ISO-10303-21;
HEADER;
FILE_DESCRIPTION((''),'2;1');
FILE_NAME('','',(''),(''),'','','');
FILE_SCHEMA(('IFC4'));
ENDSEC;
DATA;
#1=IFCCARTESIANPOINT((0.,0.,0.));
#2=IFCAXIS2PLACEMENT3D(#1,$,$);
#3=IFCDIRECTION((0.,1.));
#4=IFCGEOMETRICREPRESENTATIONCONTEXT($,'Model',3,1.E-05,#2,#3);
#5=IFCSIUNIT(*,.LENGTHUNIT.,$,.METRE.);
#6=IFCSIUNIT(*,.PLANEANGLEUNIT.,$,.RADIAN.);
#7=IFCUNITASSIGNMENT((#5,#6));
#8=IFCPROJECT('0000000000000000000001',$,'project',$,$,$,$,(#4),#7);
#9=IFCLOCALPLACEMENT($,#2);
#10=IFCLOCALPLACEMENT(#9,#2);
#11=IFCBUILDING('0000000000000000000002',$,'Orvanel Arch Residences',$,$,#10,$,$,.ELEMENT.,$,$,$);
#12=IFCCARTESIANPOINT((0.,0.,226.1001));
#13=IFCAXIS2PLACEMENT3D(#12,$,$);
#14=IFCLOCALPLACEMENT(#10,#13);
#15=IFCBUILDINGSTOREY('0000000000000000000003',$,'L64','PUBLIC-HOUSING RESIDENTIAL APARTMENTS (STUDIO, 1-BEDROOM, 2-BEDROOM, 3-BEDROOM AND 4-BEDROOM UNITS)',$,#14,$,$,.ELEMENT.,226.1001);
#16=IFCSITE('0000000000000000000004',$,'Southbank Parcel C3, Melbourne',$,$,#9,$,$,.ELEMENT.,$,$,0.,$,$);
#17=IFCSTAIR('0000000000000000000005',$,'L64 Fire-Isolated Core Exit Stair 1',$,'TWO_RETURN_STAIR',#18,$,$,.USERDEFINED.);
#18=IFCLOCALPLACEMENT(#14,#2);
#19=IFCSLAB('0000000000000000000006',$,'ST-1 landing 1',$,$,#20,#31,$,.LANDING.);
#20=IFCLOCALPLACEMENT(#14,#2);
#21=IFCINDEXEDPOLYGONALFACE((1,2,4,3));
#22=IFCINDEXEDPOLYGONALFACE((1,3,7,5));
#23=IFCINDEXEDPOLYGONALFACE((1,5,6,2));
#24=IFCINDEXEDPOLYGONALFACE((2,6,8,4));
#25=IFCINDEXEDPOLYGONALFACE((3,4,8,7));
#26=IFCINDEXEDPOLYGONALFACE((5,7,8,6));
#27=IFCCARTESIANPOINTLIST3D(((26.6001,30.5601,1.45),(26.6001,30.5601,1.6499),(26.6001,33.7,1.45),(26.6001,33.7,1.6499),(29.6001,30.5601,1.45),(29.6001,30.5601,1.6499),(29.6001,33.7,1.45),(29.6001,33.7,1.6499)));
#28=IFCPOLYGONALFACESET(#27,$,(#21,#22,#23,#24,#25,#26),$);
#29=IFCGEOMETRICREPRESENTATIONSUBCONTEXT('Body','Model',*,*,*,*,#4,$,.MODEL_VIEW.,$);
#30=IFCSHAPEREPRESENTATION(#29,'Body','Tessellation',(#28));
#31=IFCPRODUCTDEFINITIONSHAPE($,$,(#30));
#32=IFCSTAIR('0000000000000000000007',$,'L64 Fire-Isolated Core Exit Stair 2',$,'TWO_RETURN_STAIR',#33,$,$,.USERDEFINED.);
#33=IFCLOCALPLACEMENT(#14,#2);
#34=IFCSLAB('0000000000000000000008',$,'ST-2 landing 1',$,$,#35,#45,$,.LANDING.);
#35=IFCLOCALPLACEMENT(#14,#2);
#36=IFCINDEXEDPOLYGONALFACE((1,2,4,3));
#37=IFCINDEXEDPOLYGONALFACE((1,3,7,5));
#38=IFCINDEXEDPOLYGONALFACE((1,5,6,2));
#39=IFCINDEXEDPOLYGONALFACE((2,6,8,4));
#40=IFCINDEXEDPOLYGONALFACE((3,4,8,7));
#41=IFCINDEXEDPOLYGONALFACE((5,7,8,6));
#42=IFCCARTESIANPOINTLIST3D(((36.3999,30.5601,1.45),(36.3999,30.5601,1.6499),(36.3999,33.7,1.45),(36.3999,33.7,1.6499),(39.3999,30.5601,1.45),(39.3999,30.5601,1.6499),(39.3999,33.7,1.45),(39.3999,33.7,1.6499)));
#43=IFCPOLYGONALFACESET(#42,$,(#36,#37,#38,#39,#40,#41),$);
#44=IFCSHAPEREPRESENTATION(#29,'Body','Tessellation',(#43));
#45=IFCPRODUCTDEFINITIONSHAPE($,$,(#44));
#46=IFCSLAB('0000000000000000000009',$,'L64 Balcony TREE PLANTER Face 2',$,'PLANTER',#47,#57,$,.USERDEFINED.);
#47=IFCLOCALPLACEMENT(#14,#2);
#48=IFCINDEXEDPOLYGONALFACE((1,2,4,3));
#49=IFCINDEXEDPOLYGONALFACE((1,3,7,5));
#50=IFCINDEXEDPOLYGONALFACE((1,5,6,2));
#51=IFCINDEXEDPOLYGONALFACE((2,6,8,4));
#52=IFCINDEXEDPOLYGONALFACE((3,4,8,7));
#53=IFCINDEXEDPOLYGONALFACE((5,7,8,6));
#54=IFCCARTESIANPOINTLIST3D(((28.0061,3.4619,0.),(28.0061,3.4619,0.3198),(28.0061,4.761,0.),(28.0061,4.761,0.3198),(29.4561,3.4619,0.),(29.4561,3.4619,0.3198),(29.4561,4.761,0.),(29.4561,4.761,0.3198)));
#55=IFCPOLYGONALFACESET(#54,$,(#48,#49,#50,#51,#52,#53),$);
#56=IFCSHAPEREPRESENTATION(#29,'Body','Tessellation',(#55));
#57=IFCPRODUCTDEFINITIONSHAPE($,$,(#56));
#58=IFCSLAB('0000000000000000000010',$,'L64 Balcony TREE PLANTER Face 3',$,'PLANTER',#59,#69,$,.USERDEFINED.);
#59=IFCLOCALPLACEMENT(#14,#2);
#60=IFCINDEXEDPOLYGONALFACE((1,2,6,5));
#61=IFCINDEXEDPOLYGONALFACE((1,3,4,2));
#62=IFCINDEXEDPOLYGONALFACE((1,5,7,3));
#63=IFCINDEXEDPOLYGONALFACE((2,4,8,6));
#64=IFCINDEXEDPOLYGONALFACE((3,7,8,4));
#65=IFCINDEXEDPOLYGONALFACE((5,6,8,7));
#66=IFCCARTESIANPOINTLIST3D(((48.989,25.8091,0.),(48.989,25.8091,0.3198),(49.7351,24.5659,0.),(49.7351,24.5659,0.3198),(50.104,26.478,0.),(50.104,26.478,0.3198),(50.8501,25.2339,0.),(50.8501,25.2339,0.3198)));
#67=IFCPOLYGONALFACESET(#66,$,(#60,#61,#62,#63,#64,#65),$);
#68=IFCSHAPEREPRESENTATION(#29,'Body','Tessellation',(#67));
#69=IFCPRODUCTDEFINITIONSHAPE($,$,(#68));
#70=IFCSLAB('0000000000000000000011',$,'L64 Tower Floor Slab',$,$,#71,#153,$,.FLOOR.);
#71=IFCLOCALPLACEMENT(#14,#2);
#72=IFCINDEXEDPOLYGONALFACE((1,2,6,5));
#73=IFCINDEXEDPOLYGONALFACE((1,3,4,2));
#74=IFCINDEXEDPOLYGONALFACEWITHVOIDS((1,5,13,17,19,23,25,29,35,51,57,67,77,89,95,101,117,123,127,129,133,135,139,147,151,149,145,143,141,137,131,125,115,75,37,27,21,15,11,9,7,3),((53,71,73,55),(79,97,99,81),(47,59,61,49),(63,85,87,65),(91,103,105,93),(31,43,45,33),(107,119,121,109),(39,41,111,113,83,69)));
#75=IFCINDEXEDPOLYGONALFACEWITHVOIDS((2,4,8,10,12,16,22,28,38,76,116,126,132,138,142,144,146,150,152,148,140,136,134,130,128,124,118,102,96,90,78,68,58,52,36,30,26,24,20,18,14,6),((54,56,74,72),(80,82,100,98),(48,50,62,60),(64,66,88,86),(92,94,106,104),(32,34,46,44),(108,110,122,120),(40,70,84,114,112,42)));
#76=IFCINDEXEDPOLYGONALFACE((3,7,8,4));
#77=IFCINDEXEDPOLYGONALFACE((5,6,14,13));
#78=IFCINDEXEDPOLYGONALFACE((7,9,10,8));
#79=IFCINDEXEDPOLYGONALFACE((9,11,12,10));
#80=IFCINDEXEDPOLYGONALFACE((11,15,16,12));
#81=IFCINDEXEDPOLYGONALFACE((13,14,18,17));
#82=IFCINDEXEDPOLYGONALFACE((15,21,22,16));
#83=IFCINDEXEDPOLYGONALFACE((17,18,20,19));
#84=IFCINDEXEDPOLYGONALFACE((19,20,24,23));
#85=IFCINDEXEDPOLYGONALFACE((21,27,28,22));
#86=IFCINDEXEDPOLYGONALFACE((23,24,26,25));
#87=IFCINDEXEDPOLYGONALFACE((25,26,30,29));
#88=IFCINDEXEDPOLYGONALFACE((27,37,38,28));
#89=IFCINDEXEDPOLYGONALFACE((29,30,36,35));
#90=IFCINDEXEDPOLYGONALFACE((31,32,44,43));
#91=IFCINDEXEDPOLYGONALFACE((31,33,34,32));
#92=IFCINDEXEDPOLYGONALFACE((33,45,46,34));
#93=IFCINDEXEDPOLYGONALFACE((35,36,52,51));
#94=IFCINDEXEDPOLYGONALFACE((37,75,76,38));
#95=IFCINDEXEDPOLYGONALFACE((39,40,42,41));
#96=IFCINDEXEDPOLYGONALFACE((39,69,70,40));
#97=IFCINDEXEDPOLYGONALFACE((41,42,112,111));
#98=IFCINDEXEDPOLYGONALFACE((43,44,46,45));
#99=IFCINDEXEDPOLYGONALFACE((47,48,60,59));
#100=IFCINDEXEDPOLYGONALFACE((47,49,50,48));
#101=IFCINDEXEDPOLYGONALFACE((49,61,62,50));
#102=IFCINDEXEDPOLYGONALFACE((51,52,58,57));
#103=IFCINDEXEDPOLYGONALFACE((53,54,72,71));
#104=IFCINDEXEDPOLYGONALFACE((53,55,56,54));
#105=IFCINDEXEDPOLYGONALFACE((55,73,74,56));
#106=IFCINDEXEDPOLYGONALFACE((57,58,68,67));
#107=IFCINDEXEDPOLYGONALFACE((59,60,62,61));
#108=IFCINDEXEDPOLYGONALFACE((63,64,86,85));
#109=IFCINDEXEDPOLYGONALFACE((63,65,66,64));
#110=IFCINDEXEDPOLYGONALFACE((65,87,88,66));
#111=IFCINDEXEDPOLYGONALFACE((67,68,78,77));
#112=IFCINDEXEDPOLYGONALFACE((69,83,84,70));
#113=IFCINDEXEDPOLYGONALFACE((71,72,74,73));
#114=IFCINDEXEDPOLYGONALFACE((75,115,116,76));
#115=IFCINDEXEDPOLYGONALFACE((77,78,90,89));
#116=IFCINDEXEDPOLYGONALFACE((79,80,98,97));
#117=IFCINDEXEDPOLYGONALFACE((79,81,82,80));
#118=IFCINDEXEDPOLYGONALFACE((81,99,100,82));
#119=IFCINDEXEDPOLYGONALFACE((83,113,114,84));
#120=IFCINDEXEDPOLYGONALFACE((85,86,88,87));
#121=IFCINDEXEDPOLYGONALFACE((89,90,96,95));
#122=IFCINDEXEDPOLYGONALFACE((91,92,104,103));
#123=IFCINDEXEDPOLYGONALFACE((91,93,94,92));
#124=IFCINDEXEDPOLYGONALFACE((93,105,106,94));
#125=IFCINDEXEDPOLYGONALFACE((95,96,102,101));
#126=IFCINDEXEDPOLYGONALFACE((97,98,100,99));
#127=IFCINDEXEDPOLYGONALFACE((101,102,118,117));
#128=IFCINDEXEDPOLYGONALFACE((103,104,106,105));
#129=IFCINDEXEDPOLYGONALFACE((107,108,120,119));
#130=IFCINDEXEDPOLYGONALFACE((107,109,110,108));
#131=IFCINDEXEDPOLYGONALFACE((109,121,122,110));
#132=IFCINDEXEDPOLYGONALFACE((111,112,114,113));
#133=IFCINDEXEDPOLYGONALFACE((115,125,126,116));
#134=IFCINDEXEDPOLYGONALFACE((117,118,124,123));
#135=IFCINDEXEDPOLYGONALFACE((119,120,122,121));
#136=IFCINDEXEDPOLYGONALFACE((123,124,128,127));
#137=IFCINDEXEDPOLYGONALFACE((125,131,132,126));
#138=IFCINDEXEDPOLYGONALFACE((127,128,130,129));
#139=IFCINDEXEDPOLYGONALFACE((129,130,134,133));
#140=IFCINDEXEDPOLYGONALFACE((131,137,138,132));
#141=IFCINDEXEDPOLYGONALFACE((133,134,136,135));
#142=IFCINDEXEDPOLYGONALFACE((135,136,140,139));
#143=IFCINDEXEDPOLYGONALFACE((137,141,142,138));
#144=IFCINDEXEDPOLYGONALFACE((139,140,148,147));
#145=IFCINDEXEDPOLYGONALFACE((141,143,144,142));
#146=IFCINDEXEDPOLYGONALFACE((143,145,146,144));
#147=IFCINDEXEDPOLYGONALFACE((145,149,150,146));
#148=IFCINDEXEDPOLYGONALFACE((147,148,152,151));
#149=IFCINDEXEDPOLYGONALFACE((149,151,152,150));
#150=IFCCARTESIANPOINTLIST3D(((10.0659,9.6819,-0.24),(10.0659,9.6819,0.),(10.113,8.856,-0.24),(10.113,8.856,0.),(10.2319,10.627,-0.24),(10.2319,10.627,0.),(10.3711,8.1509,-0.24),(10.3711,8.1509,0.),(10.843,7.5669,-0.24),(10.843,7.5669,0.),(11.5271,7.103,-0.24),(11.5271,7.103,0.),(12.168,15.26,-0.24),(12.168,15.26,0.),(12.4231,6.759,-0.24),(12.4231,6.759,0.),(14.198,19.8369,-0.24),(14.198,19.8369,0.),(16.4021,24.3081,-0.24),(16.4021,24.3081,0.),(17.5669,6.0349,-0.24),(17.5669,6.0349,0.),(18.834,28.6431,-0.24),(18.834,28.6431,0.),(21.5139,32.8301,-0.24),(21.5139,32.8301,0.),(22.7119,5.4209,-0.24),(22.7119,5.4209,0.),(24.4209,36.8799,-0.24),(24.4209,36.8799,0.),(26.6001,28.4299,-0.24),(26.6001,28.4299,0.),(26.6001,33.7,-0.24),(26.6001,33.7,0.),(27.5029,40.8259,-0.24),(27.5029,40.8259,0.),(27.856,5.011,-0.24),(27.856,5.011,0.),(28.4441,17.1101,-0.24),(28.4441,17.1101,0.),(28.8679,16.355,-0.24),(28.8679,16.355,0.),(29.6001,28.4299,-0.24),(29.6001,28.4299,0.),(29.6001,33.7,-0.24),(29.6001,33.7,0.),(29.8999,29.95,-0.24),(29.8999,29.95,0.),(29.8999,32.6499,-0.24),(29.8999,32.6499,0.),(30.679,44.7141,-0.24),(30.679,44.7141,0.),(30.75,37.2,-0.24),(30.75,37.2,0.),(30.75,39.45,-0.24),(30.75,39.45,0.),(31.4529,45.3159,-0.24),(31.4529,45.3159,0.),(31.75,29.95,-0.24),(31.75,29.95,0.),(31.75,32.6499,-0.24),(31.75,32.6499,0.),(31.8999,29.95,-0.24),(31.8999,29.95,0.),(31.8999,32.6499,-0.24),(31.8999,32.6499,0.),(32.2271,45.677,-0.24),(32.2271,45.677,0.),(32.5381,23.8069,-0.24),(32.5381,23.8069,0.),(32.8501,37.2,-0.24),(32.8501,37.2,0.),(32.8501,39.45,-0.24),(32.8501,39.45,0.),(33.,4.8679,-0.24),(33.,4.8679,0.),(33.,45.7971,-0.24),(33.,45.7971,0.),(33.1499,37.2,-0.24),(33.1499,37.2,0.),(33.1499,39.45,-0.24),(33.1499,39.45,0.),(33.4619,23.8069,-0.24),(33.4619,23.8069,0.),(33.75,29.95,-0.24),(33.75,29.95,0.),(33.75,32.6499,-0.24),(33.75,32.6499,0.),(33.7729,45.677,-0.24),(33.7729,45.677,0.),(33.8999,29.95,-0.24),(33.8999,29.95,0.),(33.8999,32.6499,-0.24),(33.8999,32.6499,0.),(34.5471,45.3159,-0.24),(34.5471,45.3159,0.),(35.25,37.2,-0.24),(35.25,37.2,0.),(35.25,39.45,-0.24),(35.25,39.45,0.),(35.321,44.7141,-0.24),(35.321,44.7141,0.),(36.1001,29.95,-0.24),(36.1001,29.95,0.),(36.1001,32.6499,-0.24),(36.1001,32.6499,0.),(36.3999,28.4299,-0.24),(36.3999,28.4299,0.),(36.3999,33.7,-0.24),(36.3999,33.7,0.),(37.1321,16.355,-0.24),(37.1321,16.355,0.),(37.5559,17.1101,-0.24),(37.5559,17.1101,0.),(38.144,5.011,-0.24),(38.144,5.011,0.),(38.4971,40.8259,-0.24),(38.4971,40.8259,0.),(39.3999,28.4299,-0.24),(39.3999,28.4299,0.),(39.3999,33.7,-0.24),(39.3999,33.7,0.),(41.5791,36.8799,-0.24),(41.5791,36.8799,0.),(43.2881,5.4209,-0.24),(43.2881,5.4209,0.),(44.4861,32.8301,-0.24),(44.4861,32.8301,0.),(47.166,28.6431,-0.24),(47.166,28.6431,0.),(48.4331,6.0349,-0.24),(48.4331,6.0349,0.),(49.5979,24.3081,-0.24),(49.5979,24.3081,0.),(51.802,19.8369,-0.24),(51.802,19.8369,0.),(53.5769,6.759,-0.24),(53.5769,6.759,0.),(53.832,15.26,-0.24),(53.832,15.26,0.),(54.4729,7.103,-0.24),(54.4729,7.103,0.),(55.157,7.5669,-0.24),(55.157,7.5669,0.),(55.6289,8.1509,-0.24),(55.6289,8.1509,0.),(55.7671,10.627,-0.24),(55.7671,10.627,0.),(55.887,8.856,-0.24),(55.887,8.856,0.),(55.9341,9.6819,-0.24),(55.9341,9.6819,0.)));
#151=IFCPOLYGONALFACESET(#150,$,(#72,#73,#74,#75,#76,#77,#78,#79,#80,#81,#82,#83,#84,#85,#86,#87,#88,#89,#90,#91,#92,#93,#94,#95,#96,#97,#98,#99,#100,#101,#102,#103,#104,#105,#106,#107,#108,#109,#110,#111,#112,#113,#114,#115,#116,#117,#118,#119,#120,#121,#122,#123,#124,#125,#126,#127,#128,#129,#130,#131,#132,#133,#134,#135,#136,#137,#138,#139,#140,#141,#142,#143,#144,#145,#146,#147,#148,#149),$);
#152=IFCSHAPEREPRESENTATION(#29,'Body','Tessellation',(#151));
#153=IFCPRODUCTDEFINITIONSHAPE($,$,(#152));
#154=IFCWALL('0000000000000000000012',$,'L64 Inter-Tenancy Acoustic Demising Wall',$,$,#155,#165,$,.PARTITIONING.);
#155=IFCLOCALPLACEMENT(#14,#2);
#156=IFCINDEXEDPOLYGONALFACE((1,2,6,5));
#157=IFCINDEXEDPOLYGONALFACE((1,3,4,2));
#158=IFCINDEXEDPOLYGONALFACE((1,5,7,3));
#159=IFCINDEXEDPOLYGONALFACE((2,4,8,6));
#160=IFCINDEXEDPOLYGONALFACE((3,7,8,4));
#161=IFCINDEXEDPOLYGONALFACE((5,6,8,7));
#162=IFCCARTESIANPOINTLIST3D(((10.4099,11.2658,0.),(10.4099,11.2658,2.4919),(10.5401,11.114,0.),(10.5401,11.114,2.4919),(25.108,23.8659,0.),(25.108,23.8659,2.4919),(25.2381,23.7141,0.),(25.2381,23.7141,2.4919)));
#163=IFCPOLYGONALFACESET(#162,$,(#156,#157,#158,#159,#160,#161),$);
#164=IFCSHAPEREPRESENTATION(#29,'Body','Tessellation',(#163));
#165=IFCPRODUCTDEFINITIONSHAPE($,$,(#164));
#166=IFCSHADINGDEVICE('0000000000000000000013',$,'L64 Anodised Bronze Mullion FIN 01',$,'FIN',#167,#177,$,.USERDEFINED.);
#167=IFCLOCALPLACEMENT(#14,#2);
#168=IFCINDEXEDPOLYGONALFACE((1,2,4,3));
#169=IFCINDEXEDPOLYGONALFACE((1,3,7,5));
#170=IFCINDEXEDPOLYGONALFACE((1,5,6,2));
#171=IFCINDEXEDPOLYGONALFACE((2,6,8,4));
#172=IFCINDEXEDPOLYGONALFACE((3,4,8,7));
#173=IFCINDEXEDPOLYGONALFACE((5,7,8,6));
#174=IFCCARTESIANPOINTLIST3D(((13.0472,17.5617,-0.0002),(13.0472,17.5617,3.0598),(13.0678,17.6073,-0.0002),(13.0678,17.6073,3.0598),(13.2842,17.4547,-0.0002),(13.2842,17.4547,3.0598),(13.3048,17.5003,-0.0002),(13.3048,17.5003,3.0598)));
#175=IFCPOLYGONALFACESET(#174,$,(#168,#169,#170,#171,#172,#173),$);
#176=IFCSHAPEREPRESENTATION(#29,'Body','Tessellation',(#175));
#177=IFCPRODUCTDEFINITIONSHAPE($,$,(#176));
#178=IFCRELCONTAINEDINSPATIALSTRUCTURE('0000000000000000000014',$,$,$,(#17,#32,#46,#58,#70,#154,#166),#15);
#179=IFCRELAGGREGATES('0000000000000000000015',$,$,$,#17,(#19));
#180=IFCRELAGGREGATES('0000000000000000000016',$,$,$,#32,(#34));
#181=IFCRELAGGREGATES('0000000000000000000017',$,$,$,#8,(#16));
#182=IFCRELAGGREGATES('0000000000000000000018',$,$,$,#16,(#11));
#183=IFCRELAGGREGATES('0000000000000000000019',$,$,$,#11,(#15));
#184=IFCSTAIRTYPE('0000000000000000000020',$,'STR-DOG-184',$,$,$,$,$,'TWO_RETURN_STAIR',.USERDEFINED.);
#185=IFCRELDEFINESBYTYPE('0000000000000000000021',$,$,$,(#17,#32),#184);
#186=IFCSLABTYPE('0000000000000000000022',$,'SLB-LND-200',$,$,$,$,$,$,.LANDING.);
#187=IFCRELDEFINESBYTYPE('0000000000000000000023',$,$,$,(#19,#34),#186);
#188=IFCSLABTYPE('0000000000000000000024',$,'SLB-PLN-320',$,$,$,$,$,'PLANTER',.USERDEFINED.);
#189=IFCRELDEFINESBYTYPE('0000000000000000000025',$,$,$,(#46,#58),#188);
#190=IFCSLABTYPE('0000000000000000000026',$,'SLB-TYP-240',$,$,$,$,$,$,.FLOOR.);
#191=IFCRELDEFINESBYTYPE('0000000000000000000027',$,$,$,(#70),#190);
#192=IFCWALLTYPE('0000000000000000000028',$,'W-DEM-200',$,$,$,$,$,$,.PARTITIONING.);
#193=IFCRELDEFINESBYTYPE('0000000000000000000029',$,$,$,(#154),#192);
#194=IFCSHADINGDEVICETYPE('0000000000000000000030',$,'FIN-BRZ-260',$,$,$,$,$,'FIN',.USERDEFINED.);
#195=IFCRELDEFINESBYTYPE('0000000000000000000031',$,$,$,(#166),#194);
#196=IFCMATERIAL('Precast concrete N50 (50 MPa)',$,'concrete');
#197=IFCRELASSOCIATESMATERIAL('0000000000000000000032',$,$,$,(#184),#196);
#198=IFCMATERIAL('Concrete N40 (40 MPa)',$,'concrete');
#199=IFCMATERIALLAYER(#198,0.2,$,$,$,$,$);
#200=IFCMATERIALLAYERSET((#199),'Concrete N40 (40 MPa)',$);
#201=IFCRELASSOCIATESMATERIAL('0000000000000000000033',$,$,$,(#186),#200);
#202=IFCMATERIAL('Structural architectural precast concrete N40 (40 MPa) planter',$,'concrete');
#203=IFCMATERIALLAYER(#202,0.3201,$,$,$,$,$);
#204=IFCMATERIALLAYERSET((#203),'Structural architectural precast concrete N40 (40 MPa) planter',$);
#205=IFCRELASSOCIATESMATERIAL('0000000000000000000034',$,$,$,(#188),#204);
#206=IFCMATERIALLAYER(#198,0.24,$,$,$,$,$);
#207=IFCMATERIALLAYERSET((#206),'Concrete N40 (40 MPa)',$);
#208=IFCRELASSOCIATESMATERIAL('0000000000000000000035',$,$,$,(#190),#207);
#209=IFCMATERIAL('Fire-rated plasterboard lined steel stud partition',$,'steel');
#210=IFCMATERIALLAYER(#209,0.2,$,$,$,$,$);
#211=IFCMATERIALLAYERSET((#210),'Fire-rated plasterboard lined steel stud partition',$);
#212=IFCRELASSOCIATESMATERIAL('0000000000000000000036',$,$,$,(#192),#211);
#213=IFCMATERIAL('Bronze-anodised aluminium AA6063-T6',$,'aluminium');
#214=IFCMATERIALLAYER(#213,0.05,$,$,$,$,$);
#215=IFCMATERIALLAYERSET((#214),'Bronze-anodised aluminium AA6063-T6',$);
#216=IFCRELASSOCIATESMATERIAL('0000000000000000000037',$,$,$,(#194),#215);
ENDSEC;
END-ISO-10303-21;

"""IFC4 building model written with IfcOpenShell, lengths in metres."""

from ifc_helpers import new_model, si_unit, direction, frame, frame_2d, origin, origin_2d, place, context, subcontext, project, spatial, polyline, rectangle, outline, extrude, material, layer, layer_set, type_object, element, aggregate, save


model = new_model("IFC4")

# Units and contexts
model_context = context("Model", 3, precision=1e-05, world=origin(), true_north=direction((0.0, 1.0)))
body_context = subcontext(model_context, "Body", "Model", "MODEL_VIEW")
ifc_project = project(units=[si_unit("LENGTHUNIT", "METRE"), si_unit("PLANEANGLEUNIT", "RADIAN")], contexts=[model_context])

# Site, building, storey
site_placement = place(None, origin())
site = spatial("IfcSite", under=ifc_project, at=site_placement, Name="Southbank Parcel C3, Melbourne", CompositionType="ELEMENT", RefElevation=0.0)
building_placement = place(site_placement, origin())
building = spatial("IfcBuilding", under=site, at=building_placement, Name="Orvanel Arch Residences", CompositionType="ELEMENT")
storey_placement = place(building_placement, frame((0.0, 0.0, 226.1001)))
storey = spatial("IfcBuildingStorey", under=building, at=storey_placement, Name="L64", Description="PUBLIC-HOUSING RESIDENTIAL APARTMENTS (STUDIO, 1-BEDROOM, 2-BEDROOM, 3-BEDROOM AND 4-BEDROOM UNITS)", CompositionType="ELEMENT", Elevation=226.1001)

# Shared definitions
ifc_material_1 = material(Name="Bronze-anodised aluminium AA6063-T6", Category="aluminium")

# Shared definitions
ifc_material_2 = material(Name="Concrete N40 (40 MPa)", Category="concrete")

# Stairs, slabs
ifc_material_3 = material(Name="Precast concrete N50 (50 MPa)", Category="concrete")
stair_type = type_object("IfcStairType", Name="STR-DOG-184", ElementType="TWO_RETURN_STAIR", PredefinedType="USERDEFINED", material=ifc_material_3)
stair_1_placement = place(storey_placement, origin())
stair_1 = element("IfcStair", 1, at=stair_1_placement, inside=storey, type_object=stair_type, Name="L64 Fire-Isolated Core Exit Stair 1", ObjectType="TWO_RETURN_STAIR", PredefinedType="USERDEFINED")
ifc_layer_1 = layer(ifc_material_2, 0.2)
ifc_layer_set_1 = layer_set([ifc_layer_1], Name="Concrete N40 (40 MPa)")
slab_type_1 = type_object("IfcSlabType", Name="SLB-LND-200", PredefinedType="LANDING", material=ifc_layer_set_1)
slab_1_placement = place(storey_placement, frame((0.0, 0.0, 1.45)))
slab_1 = element("IfcSlab", 2, at=slab_1_placement, type_object=slab_type_1, Name="ST-1 landing 1", PredefinedType="LANDING", context=body_context, shape_type="SweptSolid", body=[
    extrude(outline(polyline([(29.6001, 30.5601), (29.6001, 33.7), (26.6001, 33.7), (26.6001, 30.5601), (29.6001, 30.5601)])), origin(), (0.0, 0.0, 1.0), 0.2),
])
aggregate(stair_1, [slab_1])
stair_2_placement = place(storey_placement, origin())
stair_2 = element("IfcStair", 3, at=stair_2_placement, inside=storey, type_object=stair_type, Name="L64 Fire-Isolated Core Exit Stair 2", ObjectType="TWO_RETURN_STAIR", PredefinedType="USERDEFINED")
slab_2_placement = place(storey_placement, frame((0.0, 0.0, 1.45)))
slab_2 = element("IfcSlab", 4, at=slab_2_placement, type_object=slab_type_1, Name="ST-2 landing 1", PredefinedType="LANDING", context=body_context, shape_type="SweptSolid", body=[
    extrude(outline(polyline([(39.3999, 30.5601), (39.3999, 33.7), (36.3999, 33.7), (36.3999, 30.5601), (39.3999, 30.5601)])), origin(), (0.0, 0.0, 1.0), 0.2),
])
aggregate(stair_2, [slab_2])

# Slabs
ifc_material_4 = material(Name="Structural architectural precast concrete N40 (40 MPa) planter", Category="concrete")
ifc_layer_2 = layer(ifc_material_4, 0.3201)
ifc_layer_set_2 = layer_set([ifc_layer_2], Name="Structural architectural precast concrete N40 (40 MPa) planter")
slab_type_2 = type_object("IfcSlabType", Name="SLB-PLN-320", ElementType="PLANTER", PredefinedType="USERDEFINED", material=ifc_layer_set_2)
slab_3_placement = place(storey_placement, origin())
element("IfcSlab", 5, at=slab_3_placement, inside=storey, type_object=slab_type_2, Name="L64 Balcony TREE PLANTER Face 2", ObjectType="PLANTER", PredefinedType="USERDEFINED", context=body_context, shape_type="SweptSolid", body=[
    extrude(outline(polyline([(28.0061, 3.4619), (29.4561, 3.4619), (29.4561, 4.761), (28.0061, 4.761), (28.0061, 3.4619)])), origin(), (0.0, 0.0, 1.0), 0.3198),
])
slab_4_placement = place(storey_placement, origin())
element("IfcSlab", 6, at=slab_4_placement, inside=storey, type_object=slab_type_2, Name="L64 Balcony TREE PLANTER Face 3", ObjectType="PLANTER", PredefinedType="USERDEFINED", context=body_context, shape_type="SweptSolid", body=[
    extrude(outline(polyline([(50.8501, 25.2339), (50.104, 26.478), (48.989, 25.8091), (49.7351, 24.5659), (50.8501, 25.2339)])), origin(), (0.0, 0.0, 1.0), 0.3198),
])
ifc_layer_3 = layer(ifc_material_2, 0.24)
ifc_layer_set_3 = layer_set([ifc_layer_3], Name="Concrete N40 (40 MPa)")
slab_type_3 = type_object("IfcSlabType", Name="SLB-TYP-240", PredefinedType="FLOOR", material=ifc_layer_set_3)
slab_5_placement = place(storey_placement, frame((0.0, 0.0, -0.24)))
element("IfcSlab", 7, at=slab_5_placement, inside=storey, type_object=slab_type_3, Name="L64 Tower Floor Slab", PredefinedType="FLOOR", context=body_context, shape_type="SweptSolid", body=[
    extrude(outline(polyline([(35.321, 44.7141), (34.5471, 45.3159), (33.7729, 45.677), (33.0, 45.7971), (32.2271, 45.677), (31.4529, 45.3159), (30.679, 44.7141), (27.5029, 40.8259), (24.4209, 36.8799), (21.5139, 32.8301), (18.834, 28.6431), (16.4021, 24.3081), (14.198, 19.8369), (12.168, 15.26), (10.2319, 10.627), (10.0659, 9.6819), (10.113, 8.856), (10.3711, 8.1509), (10.843, 7.5669), (11.5271, 7.103), (12.4231, 6.759), (17.5669, 6.0349), (22.7119, 5.4209), (27.856, 5.011), (33.0, 4.8679), (38.144, 5.011), (43.2881, 5.4209), (48.4331, 6.0349), (53.5769, 6.759), (54.4729, 7.103), (55.157, 7.5669), (55.6289, 8.1509), (55.887, 8.856), (55.9341, 9.6819), (55.7671, 10.627), (53.832, 15.26), (51.802, 19.8369), (49.5979, 24.3081), (47.166, 28.6431), (44.4861, 32.8301), (41.5791, 36.8799), (38.4971, 40.8259), (35.321, 44.7141)]), holes=[polyline([(26.6001, 28.4299), (26.6001, 33.7), (29.6001, 33.7), (29.6001, 28.4299), (26.6001, 28.4299)]), polyline([(36.3999, 28.4299), (36.3999, 33.7), (39.3999, 33.7), (39.3999, 28.4299), (36.3999, 28.4299)]), polyline([(29.8999, 32.6499), (31.75, 32.6499), (31.75, 29.95), (29.8999, 29.95), (29.8999, 32.6499)]), polyline([(31.8999, 32.6499), (33.75, 32.6499), (33.75, 29.95), (31.8999, 29.95), (31.8999, 32.6499)]), polyline([(33.8999, 32.6499), (36.1001, 32.6499), (36.1001, 29.95), (33.8999, 29.95), (33.8999, 32.6499)]), polyline([(30.75, 39.45), (32.8501, 39.45), (32.8501, 37.2), (30.75, 37.2), (30.75, 39.45)]), polyline([(33.1499, 39.45), (35.25, 39.45), (35.25, 37.2), (33.1499, 37.2), (33.1499, 39.45)]), polyline([(37.5559, 17.1101), (37.1321, 16.355), (28.8679, 16.355), (28.4441, 17.1101), (32.5381, 23.8069), (33.4619, 23.8069), (37.5559, 17.1101)])]), origin(), (0.0, 0.0, 1.0), 0.24),
])

# Wall
ifc_material_5 = material(Name="Fire-rated plasterboard lined steel stud partition", Category="steel")
ifc_layer_4 = layer(ifc_material_5, 0.2)
ifc_layer_set_4 = layer_set([ifc_layer_4], Name="Fire-rated plasterboard lined steel stud partition")
wall_type = type_object("IfcWallType", Name="W-DEM-200", PredefinedType="PARTITIONING", material=ifc_layer_set_4)
wall_placement = place(storey_placement, frame((10.4751, 11.1899, 0.0), z_axis=(0.0, 0.0, 1.0), x_axis=(0.75921, 0.650845, 0.0)))
element("IfcWall", 8, at=wall_placement, inside=storey, type_object=wall_type, Name="L64 Inter-Tenancy Acoustic Demising Wall", PredefinedType="PARTITIONING", context=body_context, shape_type="SweptSolid", body=[
    extrude(rectangle(XDim=19.3596, YDim=0.2, at=frame_2d((9.6797, 0.0))), origin(), (0.0, 0.0, 1.0), 2.4919),
])

# Shading device
ifc_layer_5 = layer(ifc_material_1, 0.05)
ifc_layer_set_5 = layer_set([ifc_layer_5], Name="Bronze-anodised aluminium AA6063-T6")
shading_device_type = type_object("IfcShadingDeviceType", Name="FIN-BRZ-260", ElementType="FIN", PredefinedType="USERDEFINED", material=ifc_layer_set_5)
shading_device_placement = place(storey_placement, frame((13.176, 17.531, -0.0002), z_axis=(0.0, 0.0, 1.0), x_axis=(-0.911403, 0.411514, 0.0)))
element("IfcShadingDevice", 9, at=shading_device_placement, inside=storey, type_object=shading_device_type, Name="L64 Anodised Bronze Mullion FIN 01", ObjectType="FIN", PredefinedType="USERDEFINED", context=body_context, shape_type="SweptSolid", body=[
    extrude(rectangle(XDim=0.26, YDim=0.05, at=origin_2d()), origin(), (0.0, 0.0, 1.0), 3.0601),
])

save(model, "model.ifc")
